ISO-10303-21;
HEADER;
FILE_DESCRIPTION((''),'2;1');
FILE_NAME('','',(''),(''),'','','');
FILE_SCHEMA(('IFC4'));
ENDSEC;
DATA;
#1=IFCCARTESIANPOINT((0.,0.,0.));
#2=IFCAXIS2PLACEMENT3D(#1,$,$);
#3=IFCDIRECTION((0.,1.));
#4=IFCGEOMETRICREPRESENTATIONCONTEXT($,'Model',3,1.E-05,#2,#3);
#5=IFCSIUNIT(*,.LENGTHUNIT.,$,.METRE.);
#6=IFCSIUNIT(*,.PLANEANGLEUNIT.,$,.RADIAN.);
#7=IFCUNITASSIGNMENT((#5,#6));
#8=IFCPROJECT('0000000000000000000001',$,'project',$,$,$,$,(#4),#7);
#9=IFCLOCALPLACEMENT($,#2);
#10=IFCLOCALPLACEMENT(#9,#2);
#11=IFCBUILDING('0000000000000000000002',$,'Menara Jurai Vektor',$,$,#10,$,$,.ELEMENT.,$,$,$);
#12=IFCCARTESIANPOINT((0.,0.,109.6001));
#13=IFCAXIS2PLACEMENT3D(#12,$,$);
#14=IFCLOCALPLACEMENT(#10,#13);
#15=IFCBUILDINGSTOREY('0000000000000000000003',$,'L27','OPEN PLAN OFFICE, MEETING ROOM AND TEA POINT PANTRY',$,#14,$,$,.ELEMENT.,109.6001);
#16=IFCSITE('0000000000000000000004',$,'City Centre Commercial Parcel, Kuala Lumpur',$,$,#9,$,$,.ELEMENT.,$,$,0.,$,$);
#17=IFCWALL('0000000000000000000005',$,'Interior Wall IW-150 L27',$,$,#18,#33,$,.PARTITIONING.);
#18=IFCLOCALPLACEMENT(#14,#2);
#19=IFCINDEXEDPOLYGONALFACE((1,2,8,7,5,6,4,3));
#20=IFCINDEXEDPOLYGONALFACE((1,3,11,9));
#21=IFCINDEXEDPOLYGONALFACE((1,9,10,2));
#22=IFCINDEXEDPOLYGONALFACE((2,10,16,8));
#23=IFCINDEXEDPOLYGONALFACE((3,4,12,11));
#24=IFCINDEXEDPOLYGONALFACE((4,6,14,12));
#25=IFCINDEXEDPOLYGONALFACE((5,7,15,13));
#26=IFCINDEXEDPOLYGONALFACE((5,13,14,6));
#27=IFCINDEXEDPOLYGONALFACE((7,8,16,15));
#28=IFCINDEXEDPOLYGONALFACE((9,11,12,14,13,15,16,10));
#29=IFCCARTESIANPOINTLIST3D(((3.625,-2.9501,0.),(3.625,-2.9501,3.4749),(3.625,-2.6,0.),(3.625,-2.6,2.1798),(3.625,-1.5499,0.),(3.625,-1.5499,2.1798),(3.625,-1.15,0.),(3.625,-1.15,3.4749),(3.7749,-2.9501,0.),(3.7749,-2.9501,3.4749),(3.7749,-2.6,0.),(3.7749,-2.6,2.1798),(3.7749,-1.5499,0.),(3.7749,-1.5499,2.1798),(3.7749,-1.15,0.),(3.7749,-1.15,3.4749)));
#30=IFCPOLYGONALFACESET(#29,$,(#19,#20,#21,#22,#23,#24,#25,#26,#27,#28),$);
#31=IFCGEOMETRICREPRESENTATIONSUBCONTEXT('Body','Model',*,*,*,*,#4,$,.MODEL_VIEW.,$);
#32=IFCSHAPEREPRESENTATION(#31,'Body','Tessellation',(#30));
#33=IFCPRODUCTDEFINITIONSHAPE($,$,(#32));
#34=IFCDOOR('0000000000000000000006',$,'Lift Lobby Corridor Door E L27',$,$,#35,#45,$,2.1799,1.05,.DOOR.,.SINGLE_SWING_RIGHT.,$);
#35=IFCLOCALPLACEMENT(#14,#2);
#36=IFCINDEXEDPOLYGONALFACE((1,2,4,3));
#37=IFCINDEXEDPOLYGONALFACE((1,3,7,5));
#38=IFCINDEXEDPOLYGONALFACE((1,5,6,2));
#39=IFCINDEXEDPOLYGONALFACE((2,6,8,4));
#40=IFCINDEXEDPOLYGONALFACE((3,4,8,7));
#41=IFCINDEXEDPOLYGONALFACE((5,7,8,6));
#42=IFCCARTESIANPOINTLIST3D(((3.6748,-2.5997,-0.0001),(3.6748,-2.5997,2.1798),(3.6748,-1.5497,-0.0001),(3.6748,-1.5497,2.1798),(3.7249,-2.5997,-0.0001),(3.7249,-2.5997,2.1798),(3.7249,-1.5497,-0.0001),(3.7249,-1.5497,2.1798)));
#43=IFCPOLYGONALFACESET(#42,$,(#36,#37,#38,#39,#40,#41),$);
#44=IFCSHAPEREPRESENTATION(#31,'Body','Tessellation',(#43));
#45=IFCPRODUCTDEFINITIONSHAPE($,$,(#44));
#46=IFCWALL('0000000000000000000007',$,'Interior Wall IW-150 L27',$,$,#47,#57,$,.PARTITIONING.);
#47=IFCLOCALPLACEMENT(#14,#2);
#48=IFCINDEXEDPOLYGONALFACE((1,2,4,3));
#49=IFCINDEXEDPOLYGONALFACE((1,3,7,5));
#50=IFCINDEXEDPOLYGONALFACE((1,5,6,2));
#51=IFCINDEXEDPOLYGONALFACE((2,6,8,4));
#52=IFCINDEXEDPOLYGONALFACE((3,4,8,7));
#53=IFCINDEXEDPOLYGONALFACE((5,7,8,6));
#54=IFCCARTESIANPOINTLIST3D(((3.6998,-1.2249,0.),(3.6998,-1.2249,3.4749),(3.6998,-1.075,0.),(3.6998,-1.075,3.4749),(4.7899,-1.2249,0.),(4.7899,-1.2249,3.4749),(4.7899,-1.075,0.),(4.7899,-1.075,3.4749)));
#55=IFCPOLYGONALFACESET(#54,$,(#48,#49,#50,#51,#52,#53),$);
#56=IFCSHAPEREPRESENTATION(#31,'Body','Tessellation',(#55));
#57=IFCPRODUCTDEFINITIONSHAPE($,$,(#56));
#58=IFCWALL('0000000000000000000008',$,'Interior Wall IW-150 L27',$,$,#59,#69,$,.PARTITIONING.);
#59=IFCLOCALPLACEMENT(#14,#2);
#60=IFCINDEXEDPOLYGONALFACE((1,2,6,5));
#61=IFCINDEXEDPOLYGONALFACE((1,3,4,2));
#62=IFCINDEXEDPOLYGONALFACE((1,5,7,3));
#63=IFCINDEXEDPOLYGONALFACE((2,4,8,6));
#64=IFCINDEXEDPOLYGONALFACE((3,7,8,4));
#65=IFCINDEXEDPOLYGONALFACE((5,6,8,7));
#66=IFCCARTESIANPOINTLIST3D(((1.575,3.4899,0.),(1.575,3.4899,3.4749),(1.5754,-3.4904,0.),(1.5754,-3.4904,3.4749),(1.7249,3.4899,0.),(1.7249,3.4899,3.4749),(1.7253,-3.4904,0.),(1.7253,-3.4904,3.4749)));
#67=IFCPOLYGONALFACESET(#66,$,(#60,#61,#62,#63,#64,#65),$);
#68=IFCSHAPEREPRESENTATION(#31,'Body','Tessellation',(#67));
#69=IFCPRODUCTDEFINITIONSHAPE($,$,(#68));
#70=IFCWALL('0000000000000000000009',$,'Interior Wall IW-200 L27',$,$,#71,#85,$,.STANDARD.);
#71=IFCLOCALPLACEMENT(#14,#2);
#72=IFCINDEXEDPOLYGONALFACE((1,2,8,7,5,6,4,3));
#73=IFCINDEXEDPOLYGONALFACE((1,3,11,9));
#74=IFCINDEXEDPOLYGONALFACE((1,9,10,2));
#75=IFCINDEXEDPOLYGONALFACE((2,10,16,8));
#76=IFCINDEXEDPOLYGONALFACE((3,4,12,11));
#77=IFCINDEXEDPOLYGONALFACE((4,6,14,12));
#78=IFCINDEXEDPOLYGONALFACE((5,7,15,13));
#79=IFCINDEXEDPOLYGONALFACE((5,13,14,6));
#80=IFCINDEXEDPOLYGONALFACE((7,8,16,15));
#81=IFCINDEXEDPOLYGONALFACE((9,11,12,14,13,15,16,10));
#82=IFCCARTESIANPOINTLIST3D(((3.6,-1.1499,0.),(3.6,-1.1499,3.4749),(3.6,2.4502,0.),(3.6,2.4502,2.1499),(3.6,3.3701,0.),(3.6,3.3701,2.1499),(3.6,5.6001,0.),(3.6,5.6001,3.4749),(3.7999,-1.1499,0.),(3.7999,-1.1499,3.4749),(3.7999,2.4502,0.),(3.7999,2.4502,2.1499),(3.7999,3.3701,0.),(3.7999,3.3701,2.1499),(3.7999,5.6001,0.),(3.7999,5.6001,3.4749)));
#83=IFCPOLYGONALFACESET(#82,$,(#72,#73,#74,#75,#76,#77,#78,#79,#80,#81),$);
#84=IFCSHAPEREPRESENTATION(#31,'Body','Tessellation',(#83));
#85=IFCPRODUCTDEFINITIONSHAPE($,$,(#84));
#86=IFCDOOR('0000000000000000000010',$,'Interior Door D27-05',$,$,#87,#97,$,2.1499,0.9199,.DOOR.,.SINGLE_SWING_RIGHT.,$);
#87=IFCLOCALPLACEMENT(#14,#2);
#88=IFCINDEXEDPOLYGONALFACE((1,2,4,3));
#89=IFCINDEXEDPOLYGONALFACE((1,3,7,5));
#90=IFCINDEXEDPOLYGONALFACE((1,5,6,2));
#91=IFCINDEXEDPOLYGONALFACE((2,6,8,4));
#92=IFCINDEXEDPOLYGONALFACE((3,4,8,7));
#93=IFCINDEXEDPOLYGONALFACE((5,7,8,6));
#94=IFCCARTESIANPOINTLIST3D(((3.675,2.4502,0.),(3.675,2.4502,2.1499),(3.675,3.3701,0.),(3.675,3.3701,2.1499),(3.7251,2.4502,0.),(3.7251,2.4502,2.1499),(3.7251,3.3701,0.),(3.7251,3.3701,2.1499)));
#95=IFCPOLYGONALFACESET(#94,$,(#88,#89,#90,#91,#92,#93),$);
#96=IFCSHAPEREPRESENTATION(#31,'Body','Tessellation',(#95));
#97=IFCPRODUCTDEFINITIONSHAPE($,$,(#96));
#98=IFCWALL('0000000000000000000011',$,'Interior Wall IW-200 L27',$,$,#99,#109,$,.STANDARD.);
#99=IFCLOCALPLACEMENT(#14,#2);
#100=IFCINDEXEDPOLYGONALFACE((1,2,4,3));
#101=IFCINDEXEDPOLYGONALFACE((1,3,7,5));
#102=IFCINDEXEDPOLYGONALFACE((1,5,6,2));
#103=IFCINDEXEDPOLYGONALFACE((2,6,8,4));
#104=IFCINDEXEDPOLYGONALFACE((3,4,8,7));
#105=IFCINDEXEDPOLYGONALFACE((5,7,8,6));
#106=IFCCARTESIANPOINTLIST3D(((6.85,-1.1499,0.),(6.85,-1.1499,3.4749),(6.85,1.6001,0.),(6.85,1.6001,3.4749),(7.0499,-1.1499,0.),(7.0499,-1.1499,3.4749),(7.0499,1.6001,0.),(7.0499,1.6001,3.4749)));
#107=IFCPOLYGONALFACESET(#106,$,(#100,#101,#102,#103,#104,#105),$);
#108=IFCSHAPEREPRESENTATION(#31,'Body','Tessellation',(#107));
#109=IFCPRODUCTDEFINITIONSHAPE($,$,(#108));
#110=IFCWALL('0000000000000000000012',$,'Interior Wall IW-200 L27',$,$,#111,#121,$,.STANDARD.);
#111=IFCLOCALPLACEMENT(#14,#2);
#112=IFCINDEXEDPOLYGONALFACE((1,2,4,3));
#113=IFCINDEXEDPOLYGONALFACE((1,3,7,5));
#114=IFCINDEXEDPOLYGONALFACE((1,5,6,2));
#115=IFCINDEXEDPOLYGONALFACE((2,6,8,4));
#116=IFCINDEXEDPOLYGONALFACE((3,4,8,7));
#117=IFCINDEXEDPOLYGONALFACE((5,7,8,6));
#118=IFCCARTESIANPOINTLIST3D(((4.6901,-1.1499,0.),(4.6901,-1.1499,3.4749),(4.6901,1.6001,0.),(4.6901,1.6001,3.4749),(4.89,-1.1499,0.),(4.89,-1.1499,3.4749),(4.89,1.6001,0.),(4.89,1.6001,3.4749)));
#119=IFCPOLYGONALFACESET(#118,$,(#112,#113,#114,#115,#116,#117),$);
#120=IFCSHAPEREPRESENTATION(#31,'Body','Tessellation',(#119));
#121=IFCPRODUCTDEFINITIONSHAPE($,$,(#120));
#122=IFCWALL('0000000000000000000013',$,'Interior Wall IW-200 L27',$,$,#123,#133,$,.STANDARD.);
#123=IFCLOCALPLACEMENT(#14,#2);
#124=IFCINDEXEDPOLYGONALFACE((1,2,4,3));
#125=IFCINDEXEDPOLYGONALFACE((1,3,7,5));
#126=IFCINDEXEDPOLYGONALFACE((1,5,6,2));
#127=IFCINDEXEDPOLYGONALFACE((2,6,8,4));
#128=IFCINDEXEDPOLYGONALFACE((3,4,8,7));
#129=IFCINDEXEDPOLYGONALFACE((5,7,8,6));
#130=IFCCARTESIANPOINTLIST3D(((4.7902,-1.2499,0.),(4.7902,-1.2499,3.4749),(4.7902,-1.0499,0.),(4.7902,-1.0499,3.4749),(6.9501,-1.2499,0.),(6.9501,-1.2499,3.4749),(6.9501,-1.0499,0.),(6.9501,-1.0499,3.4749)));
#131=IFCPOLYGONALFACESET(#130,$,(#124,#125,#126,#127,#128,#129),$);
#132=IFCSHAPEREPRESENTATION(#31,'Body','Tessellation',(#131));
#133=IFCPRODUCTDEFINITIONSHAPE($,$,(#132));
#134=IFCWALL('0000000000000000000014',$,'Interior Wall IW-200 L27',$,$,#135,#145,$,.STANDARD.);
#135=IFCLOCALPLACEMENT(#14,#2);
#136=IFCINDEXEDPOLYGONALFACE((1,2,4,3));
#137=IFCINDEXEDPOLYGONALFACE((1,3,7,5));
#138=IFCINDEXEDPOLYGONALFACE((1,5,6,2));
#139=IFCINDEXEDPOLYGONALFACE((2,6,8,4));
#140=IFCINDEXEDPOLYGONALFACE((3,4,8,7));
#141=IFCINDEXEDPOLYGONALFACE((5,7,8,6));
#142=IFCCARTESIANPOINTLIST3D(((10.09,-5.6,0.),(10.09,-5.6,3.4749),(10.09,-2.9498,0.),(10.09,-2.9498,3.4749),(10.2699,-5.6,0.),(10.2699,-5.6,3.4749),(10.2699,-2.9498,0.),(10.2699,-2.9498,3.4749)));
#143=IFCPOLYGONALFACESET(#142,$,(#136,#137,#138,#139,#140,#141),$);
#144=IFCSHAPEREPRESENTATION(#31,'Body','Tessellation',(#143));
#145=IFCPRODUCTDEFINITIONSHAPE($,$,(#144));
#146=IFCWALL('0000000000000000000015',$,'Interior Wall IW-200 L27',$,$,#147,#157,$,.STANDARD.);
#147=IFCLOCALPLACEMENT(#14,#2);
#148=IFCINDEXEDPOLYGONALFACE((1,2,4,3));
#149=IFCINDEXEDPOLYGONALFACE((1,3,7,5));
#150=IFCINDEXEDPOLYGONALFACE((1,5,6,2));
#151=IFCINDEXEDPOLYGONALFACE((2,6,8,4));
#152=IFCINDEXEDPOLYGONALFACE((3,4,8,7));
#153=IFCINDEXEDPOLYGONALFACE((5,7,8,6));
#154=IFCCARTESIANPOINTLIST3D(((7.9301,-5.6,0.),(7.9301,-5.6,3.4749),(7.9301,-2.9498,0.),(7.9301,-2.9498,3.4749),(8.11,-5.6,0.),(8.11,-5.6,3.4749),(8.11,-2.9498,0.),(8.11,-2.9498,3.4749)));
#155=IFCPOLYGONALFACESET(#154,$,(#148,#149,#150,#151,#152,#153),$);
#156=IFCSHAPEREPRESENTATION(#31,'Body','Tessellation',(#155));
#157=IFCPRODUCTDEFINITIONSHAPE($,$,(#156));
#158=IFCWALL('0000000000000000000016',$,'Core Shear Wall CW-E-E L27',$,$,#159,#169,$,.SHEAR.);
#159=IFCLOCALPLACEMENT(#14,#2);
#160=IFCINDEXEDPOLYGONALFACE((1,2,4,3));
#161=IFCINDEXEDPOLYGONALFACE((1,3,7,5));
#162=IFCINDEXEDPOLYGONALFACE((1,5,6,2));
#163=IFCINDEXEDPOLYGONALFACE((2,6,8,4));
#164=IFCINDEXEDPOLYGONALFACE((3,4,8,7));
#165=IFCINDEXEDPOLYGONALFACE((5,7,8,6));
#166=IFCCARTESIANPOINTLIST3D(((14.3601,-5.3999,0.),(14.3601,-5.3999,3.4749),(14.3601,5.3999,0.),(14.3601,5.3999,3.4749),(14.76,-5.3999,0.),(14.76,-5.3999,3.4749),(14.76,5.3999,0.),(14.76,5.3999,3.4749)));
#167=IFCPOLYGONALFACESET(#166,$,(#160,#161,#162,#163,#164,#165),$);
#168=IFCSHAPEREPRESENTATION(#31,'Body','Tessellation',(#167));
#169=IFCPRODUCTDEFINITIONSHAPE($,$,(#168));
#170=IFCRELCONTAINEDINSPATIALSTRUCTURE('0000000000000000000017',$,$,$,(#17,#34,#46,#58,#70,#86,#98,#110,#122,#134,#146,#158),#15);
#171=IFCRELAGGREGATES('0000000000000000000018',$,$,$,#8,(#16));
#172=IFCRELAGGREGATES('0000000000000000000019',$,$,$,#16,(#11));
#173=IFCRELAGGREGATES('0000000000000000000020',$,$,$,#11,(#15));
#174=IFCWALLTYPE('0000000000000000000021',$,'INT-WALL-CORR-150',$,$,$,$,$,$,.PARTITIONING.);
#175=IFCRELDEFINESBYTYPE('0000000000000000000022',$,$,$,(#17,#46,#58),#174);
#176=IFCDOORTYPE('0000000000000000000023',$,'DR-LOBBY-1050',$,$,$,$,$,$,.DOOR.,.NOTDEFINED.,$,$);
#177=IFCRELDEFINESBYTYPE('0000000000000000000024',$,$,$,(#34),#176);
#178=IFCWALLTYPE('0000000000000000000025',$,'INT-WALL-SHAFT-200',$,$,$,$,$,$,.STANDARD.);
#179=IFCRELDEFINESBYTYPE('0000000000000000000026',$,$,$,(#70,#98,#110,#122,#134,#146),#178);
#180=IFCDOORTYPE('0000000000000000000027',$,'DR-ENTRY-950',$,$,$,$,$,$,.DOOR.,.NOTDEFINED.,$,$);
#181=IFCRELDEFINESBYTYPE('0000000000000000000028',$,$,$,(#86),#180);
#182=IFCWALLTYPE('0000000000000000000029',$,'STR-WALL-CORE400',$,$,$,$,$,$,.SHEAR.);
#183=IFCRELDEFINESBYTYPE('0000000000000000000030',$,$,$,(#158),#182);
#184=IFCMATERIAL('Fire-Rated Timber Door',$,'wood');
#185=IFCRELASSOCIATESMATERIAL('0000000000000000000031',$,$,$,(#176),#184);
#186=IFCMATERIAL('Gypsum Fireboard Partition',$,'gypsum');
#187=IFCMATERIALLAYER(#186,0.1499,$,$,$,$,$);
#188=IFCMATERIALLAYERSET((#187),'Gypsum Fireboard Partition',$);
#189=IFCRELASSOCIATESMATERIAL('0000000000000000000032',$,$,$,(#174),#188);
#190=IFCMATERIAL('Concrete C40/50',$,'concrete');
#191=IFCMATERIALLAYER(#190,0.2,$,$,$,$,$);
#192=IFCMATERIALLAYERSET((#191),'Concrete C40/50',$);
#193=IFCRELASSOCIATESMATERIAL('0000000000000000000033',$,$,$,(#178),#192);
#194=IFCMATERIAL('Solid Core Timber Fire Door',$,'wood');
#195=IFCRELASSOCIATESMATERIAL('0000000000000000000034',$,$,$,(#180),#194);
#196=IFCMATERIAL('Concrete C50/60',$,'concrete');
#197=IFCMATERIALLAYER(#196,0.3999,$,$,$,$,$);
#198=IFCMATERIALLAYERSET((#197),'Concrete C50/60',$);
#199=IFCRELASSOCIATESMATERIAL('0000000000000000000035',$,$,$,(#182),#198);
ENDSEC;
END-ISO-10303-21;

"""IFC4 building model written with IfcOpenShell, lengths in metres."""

from ifc_helpers import new_model, si_unit, direction, frame, frame_2d, origin, place, context, subcontext, project, spatial, rectangle, extrude, material, layer, layer_set, type_object, element, fill, save


model = new_model("IFC4")

# Units and contexts
model_context = context("Model", 3, precision=1e-05, world=origin(), true_north=direction((0.0, 1.0)))
body_context = subcontext(model_context, "Body", "Model", "MODEL_VIEW")
ifc_project = project(units=[si_unit("LENGTHUNIT", "METRE"), si_unit("PLANEANGLEUNIT", "RADIAN")], contexts=[model_context])

# Site, building, storey
site_placement = place(None, origin())
site = spatial("IfcSite", under=ifc_project, at=site_placement, Name="City Centre Commercial Parcel, Kuala Lumpur", CompositionType="ELEMENT", RefElevation=0.0)
building_placement = place(site_placement, origin())
building = spatial("IfcBuilding", under=site, at=building_placement, Name="Menara Jurai Vektor", CompositionType="ELEMENT")
storey_placement = place(building_placement, frame((0.0, 0.0, 109.6001)))
storey = spatial("IfcBuildingStorey", under=building, at=storey_placement, Name="L27", Description="OPEN PLAN OFFICE, MEETING ROOM AND TEA POINT PANTRY", CompositionType="ELEMENT", Elevation=109.6001)

# Shared definitions
ifc_material_1 = material(Name="Concrete C50/60", Category="concrete")

# Shared definitions
ifc_material_2 = material(Name="Concrete C40/50", Category="concrete")

# Shared definitions
ifc_material_3 = material(Name="Fire-Rated Timber Door", Category="wood")
door_type_1 = type_object("IfcDoorType", Name="DR-LOBBY-1050", OperationType="NOTDEFINED", PredefinedType="DOOR", material=ifc_material_3)

# Wall, opening, door
ifc_material_4 = material(Name="Gypsum Fireboard Partition", Category="gypsum")
ifc_layer_1 = layer(ifc_material_4, 0.1499)
ifc_layer_set_1 = layer_set([ifc_layer_1], Name="Gypsum Fireboard Partition")
wall_type_1 = type_object("IfcWallType", Name="INT-WALL-CORR-150", PredefinedType="PARTITIONING", material=ifc_layer_set_1)
wall_1_placement = place(storey_placement, frame((3.7, -2.95, 0.0), z_axis=(0.0, 0.0, 1.0), x_axis=(0.0, 1.0, 0.0)))
wall_1 = element("IfcWall", 1, at=wall_1_placement, inside=storey, type_object=wall_type_1, Name="Interior Wall IW-150 L27", PredefinedType="PARTITIONING", context=body_context, shape_type="SweptSolid", body=[
    extrude(rectangle(XDim=1.8, YDim=0.1499, at=frame_2d((0.8999, 0.0))), origin(), (0.0, 0.0, 1.0), 3.4749),
])
opening_1_placement = place(wall_1_placement, frame((0.3501, 0.0, 0.0)))
opening_1 = element("IfcOpeningElement", 2, at=opening_1_placement, cuts=wall_1, PredefinedType="OPENING", context=body_context, shape_type="SweptSolid", body=[
    extrude(rectangle(XDim=1.05, YDim=2.1799, at=frame_2d((0.5249, 1.0898))), frame((0.0, 0.085, 0.0), z_axis=(0.0, -1.0, 0.0), x_axis=(1.0, 0.0, 0.0)), (0.0, 0.0, 1.0), 0.1699),
])
door_1_placement = place(opening_1_placement, frame((1.05, 0.0, 0.0), z_axis=(0.0, 0.0, 1.0), x_axis=(-1.0, 0.0, 0.0)))
door_1 = element("IfcDoor", 3, at=door_1_placement, inside=storey, type_object=door_type_1, Name="Lift Lobby Corridor Door E L27", OperationType="SINGLE_SWING_RIGHT", OverallHeight=2.1799, OverallWidth=1.05, PredefinedType="DOOR", context=body_context, shape_type="SweptSolid", body=[
    extrude(rectangle(XDim=1.05, YDim=2.1799, at=frame_2d((0.5249, 1.0898))), frame((0.0, 0.0249, 0.0), z_axis=(0.0, -1.0, 0.0), x_axis=(1.0, 0.0, 0.0)), (0.0, 0.0, 1.0), 0.05),
])
fill(opening_1, door_1)

# Walls
wall_2_placement = place(storey_placement, frame((3.7, -1.1499, 0.0), z_axis=(0.0, 0.0, 1.0), x_axis=(1.0, 0.0, 0.0)))
element("IfcWall", 4, at=wall_2_placement, inside=storey, type_object=wall_type_1, Name="Interior Wall IW-150 L27", PredefinedType="PARTITIONING", context=body_context, shape_type="SweptSolid", body=[
    extrude(rectangle(XDim=1.0901, YDim=0.1499, at=frame_2d((0.5449, 0.0))), origin(), (0.0, 0.0, 1.0), 3.4749),
])
wall_3_placement = place(storey_placement, frame((1.6504, -3.4905, 0.0), z_axis=(0.0, 0.0, 1.0), x_axis=(-0.00007, 1.0, 0.0)))
element("IfcWall", 5, at=wall_3_placement, inside=storey, type_object=wall_type_1, Name="Interior Wall IW-150 L27", PredefinedType="PARTITIONING", context=body_context, shape_type="SweptSolid", body=[
    extrude(rectangle(XDim=6.9802, YDim=0.1499, at=frame_2d((3.4902, 0.0))), origin(), (0.0, 0.0, 1.0), 3.4749),
])

# Wall, opening, door
ifc_layer_2 = layer(ifc_material_2, 0.2)
ifc_layer_set_2 = layer_set([ifc_layer_2], Name="Concrete C40/50")
wall_type_2 = type_object("IfcWallType", Name="INT-WALL-SHAFT-200", PredefinedType="STANDARD", material=ifc_layer_set_2)
wall_4_placement = place(storey_placement, frame((3.7, -1.1499, 0.0), z_axis=(0.0, 0.0, 1.0), x_axis=(0.0, 1.0, 0.0)))
wall_4 = element("IfcWall", 6, at=wall_4_placement, inside=storey, type_object=wall_type_2, Name="Interior Wall IW-200 L27", PredefinedType="STANDARD", context=body_context, shape_type="SweptSolid", body=[
    extrude(rectangle(XDim=6.75, YDim=0.2, at=frame_2d((3.375, 0.0))), origin(), (0.0, 0.0, 1.0), 3.4749),
])
opening_2_placement = place(wall_4_placement, frame((3.6001, 0.0, 0.0)))
opening_2 = element("IfcOpeningElement", 7, at=opening_2_placement, cuts=wall_4, PredefinedType="OPENING", context=body_context, shape_type="SweptSolid", body=[
    extrude(rectangle(XDim=0.9199, YDim=2.1499, at=frame_2d((0.46, 1.075))), frame((0.0, 0.1099, 0.0), z_axis=(0.0, -1.0, 0.0), x_axis=(1.0, 0.0, 0.0)), (0.0, 0.0, 1.0), 0.22),
])
ifc_material_5 = material(Name="Solid Core Timber Fire Door", Category="wood")
door_type_2 = type_object("IfcDoorType", Name="DR-ENTRY-950", OperationType="NOTDEFINED", PredefinedType="DOOR", material=ifc_material_5)
door_2_placement = place(opening_2_placement, origin())
door_2 = element("IfcDoor", 8, at=door_2_placement, inside=storey, type_object=door_type_2, Name="Interior Door D27-05", OperationType="SINGLE_SWING_RIGHT", OverallHeight=2.1499, OverallWidth=0.9199, PredefinedType="DOOR", context=body_context, shape_type="SweptSolid", body=[
    extrude(rectangle(XDim=0.9199, YDim=2.1499, at=frame_2d((0.46, 1.075))), frame((0.0, 0.0249, 0.0), z_axis=(0.0, -1.0, 0.0), x_axis=(1.0, 0.0, 0.0)), (0.0, 0.0, 1.0), 0.05),
])
fill(opening_2, door_2)

# Wall
wall_5_placement = place(storey_placement, frame((6.95, -1.1499, 0.0), z_axis=(0.0, 0.0, 1.0), x_axis=(0.0, 1.0, 0.0)))
element("IfcWall", 9, at=wall_5_placement, inside=storey, type_object=wall_type_2, Name="Interior Wall IW-200 L27", PredefinedType="STANDARD", context=body_context, shape_type="SweptSolid", body=[
    extrude(rectangle(XDim=2.75, YDim=0.2, at=frame_2d((1.375, 0.0))), origin(), (0.0, 0.0, 1.0), 3.4749),
])

# Walls
wall_6_placement = place(storey_placement, frame((4.79, -1.1499, 0.0), z_axis=(0.0, 0.0, 1.0), x_axis=(0.0, 1.0, 0.0)))
element("IfcWall", 10, at=wall_6_placement, inside=storey, type_object=wall_type_2, Name="Interior Wall IW-200 L27", PredefinedType="STANDARD", context=body_context, shape_type="SweptSolid", body=[
    extrude(rectangle(XDim=2.75, YDim=0.2, at=frame_2d((1.375, 0.0))), origin(), (0.0, 0.0, 1.0), 3.4749),
])
wall_7_placement = place(storey_placement, frame((4.79, -1.1499, 0.0), z_axis=(0.0, 0.0, 1.0), x_axis=(1.0, 0.0, 0.0)))
element("IfcWall", 11, at=wall_7_placement, inside=storey, type_object=wall_type_2, Name="Interior Wall IW-200 L27", PredefinedType="STANDARD", context=body_context, shape_type="SweptSolid", body=[
    extrude(rectangle(XDim=2.1599, YDim=0.2, at=frame_2d((1.0801, 0.0))), origin(), (0.0, 0.0, 1.0), 3.4749),
])

# Walls
for number, where, z_axis, x_axis, name in (
    (12, (10.1799, -5.6001, 0.0), (0.0, 0.0, 1.0), (0.0, 1.0, 0.0), "Interior Wall IW-200 L27"),
    (13, (8.02, -5.6001, 0.0), (0.0, 0.0, 1.0), (0.0, 1.0, 0.0), "Interior Wall IW-200 L27"),
):
    element("IfcWall", number, at=place(storey_placement, frame(where, z_axis=z_axis, x_axis=x_axis)), inside=storey, type_object=wall_type_2, Name=name, PredefinedType="STANDARD", context=body_context, shape_type="SweptSolid", body=[
        extrude(rectangle(XDim=2.6501, YDim=0.1799, at=frame_2d((1.3252, 0.0))), origin(), (0.0, 0.0, 1.0), 3.4749),
    ])
ifc_layer_3 = layer(ifc_material_1, 0.3999)
ifc_layer_set_3 = layer_set([ifc_layer_3], Name="Concrete C50/60")
wall_type_3 = type_object("IfcWallType", Name="STR-WALL-CORE400", PredefinedType="SHEAR", material=ifc_layer_set_3)
wall_8_placement = place(storey_placement, frame((14.5601, -5.3999, 0.0), z_axis=(0.0, 0.0, 1.0), x_axis=(0.0, 1.0, 0.0)))
element("IfcWall", 14, at=wall_8_placement, inside=storey, type_object=wall_type_3, Name="Core Shear Wall CW-E-E L27", PredefinedType="SHEAR", context=body_context, shape_type="SweptSolid", body=[
    extrude(rectangle(XDim=10.7998, YDim=0.3999, at=frame_2d((5.3999, 0.0))), origin(), (0.0, 0.0, 1.0), 3.4749),
])

save(model, "model.ifc")
